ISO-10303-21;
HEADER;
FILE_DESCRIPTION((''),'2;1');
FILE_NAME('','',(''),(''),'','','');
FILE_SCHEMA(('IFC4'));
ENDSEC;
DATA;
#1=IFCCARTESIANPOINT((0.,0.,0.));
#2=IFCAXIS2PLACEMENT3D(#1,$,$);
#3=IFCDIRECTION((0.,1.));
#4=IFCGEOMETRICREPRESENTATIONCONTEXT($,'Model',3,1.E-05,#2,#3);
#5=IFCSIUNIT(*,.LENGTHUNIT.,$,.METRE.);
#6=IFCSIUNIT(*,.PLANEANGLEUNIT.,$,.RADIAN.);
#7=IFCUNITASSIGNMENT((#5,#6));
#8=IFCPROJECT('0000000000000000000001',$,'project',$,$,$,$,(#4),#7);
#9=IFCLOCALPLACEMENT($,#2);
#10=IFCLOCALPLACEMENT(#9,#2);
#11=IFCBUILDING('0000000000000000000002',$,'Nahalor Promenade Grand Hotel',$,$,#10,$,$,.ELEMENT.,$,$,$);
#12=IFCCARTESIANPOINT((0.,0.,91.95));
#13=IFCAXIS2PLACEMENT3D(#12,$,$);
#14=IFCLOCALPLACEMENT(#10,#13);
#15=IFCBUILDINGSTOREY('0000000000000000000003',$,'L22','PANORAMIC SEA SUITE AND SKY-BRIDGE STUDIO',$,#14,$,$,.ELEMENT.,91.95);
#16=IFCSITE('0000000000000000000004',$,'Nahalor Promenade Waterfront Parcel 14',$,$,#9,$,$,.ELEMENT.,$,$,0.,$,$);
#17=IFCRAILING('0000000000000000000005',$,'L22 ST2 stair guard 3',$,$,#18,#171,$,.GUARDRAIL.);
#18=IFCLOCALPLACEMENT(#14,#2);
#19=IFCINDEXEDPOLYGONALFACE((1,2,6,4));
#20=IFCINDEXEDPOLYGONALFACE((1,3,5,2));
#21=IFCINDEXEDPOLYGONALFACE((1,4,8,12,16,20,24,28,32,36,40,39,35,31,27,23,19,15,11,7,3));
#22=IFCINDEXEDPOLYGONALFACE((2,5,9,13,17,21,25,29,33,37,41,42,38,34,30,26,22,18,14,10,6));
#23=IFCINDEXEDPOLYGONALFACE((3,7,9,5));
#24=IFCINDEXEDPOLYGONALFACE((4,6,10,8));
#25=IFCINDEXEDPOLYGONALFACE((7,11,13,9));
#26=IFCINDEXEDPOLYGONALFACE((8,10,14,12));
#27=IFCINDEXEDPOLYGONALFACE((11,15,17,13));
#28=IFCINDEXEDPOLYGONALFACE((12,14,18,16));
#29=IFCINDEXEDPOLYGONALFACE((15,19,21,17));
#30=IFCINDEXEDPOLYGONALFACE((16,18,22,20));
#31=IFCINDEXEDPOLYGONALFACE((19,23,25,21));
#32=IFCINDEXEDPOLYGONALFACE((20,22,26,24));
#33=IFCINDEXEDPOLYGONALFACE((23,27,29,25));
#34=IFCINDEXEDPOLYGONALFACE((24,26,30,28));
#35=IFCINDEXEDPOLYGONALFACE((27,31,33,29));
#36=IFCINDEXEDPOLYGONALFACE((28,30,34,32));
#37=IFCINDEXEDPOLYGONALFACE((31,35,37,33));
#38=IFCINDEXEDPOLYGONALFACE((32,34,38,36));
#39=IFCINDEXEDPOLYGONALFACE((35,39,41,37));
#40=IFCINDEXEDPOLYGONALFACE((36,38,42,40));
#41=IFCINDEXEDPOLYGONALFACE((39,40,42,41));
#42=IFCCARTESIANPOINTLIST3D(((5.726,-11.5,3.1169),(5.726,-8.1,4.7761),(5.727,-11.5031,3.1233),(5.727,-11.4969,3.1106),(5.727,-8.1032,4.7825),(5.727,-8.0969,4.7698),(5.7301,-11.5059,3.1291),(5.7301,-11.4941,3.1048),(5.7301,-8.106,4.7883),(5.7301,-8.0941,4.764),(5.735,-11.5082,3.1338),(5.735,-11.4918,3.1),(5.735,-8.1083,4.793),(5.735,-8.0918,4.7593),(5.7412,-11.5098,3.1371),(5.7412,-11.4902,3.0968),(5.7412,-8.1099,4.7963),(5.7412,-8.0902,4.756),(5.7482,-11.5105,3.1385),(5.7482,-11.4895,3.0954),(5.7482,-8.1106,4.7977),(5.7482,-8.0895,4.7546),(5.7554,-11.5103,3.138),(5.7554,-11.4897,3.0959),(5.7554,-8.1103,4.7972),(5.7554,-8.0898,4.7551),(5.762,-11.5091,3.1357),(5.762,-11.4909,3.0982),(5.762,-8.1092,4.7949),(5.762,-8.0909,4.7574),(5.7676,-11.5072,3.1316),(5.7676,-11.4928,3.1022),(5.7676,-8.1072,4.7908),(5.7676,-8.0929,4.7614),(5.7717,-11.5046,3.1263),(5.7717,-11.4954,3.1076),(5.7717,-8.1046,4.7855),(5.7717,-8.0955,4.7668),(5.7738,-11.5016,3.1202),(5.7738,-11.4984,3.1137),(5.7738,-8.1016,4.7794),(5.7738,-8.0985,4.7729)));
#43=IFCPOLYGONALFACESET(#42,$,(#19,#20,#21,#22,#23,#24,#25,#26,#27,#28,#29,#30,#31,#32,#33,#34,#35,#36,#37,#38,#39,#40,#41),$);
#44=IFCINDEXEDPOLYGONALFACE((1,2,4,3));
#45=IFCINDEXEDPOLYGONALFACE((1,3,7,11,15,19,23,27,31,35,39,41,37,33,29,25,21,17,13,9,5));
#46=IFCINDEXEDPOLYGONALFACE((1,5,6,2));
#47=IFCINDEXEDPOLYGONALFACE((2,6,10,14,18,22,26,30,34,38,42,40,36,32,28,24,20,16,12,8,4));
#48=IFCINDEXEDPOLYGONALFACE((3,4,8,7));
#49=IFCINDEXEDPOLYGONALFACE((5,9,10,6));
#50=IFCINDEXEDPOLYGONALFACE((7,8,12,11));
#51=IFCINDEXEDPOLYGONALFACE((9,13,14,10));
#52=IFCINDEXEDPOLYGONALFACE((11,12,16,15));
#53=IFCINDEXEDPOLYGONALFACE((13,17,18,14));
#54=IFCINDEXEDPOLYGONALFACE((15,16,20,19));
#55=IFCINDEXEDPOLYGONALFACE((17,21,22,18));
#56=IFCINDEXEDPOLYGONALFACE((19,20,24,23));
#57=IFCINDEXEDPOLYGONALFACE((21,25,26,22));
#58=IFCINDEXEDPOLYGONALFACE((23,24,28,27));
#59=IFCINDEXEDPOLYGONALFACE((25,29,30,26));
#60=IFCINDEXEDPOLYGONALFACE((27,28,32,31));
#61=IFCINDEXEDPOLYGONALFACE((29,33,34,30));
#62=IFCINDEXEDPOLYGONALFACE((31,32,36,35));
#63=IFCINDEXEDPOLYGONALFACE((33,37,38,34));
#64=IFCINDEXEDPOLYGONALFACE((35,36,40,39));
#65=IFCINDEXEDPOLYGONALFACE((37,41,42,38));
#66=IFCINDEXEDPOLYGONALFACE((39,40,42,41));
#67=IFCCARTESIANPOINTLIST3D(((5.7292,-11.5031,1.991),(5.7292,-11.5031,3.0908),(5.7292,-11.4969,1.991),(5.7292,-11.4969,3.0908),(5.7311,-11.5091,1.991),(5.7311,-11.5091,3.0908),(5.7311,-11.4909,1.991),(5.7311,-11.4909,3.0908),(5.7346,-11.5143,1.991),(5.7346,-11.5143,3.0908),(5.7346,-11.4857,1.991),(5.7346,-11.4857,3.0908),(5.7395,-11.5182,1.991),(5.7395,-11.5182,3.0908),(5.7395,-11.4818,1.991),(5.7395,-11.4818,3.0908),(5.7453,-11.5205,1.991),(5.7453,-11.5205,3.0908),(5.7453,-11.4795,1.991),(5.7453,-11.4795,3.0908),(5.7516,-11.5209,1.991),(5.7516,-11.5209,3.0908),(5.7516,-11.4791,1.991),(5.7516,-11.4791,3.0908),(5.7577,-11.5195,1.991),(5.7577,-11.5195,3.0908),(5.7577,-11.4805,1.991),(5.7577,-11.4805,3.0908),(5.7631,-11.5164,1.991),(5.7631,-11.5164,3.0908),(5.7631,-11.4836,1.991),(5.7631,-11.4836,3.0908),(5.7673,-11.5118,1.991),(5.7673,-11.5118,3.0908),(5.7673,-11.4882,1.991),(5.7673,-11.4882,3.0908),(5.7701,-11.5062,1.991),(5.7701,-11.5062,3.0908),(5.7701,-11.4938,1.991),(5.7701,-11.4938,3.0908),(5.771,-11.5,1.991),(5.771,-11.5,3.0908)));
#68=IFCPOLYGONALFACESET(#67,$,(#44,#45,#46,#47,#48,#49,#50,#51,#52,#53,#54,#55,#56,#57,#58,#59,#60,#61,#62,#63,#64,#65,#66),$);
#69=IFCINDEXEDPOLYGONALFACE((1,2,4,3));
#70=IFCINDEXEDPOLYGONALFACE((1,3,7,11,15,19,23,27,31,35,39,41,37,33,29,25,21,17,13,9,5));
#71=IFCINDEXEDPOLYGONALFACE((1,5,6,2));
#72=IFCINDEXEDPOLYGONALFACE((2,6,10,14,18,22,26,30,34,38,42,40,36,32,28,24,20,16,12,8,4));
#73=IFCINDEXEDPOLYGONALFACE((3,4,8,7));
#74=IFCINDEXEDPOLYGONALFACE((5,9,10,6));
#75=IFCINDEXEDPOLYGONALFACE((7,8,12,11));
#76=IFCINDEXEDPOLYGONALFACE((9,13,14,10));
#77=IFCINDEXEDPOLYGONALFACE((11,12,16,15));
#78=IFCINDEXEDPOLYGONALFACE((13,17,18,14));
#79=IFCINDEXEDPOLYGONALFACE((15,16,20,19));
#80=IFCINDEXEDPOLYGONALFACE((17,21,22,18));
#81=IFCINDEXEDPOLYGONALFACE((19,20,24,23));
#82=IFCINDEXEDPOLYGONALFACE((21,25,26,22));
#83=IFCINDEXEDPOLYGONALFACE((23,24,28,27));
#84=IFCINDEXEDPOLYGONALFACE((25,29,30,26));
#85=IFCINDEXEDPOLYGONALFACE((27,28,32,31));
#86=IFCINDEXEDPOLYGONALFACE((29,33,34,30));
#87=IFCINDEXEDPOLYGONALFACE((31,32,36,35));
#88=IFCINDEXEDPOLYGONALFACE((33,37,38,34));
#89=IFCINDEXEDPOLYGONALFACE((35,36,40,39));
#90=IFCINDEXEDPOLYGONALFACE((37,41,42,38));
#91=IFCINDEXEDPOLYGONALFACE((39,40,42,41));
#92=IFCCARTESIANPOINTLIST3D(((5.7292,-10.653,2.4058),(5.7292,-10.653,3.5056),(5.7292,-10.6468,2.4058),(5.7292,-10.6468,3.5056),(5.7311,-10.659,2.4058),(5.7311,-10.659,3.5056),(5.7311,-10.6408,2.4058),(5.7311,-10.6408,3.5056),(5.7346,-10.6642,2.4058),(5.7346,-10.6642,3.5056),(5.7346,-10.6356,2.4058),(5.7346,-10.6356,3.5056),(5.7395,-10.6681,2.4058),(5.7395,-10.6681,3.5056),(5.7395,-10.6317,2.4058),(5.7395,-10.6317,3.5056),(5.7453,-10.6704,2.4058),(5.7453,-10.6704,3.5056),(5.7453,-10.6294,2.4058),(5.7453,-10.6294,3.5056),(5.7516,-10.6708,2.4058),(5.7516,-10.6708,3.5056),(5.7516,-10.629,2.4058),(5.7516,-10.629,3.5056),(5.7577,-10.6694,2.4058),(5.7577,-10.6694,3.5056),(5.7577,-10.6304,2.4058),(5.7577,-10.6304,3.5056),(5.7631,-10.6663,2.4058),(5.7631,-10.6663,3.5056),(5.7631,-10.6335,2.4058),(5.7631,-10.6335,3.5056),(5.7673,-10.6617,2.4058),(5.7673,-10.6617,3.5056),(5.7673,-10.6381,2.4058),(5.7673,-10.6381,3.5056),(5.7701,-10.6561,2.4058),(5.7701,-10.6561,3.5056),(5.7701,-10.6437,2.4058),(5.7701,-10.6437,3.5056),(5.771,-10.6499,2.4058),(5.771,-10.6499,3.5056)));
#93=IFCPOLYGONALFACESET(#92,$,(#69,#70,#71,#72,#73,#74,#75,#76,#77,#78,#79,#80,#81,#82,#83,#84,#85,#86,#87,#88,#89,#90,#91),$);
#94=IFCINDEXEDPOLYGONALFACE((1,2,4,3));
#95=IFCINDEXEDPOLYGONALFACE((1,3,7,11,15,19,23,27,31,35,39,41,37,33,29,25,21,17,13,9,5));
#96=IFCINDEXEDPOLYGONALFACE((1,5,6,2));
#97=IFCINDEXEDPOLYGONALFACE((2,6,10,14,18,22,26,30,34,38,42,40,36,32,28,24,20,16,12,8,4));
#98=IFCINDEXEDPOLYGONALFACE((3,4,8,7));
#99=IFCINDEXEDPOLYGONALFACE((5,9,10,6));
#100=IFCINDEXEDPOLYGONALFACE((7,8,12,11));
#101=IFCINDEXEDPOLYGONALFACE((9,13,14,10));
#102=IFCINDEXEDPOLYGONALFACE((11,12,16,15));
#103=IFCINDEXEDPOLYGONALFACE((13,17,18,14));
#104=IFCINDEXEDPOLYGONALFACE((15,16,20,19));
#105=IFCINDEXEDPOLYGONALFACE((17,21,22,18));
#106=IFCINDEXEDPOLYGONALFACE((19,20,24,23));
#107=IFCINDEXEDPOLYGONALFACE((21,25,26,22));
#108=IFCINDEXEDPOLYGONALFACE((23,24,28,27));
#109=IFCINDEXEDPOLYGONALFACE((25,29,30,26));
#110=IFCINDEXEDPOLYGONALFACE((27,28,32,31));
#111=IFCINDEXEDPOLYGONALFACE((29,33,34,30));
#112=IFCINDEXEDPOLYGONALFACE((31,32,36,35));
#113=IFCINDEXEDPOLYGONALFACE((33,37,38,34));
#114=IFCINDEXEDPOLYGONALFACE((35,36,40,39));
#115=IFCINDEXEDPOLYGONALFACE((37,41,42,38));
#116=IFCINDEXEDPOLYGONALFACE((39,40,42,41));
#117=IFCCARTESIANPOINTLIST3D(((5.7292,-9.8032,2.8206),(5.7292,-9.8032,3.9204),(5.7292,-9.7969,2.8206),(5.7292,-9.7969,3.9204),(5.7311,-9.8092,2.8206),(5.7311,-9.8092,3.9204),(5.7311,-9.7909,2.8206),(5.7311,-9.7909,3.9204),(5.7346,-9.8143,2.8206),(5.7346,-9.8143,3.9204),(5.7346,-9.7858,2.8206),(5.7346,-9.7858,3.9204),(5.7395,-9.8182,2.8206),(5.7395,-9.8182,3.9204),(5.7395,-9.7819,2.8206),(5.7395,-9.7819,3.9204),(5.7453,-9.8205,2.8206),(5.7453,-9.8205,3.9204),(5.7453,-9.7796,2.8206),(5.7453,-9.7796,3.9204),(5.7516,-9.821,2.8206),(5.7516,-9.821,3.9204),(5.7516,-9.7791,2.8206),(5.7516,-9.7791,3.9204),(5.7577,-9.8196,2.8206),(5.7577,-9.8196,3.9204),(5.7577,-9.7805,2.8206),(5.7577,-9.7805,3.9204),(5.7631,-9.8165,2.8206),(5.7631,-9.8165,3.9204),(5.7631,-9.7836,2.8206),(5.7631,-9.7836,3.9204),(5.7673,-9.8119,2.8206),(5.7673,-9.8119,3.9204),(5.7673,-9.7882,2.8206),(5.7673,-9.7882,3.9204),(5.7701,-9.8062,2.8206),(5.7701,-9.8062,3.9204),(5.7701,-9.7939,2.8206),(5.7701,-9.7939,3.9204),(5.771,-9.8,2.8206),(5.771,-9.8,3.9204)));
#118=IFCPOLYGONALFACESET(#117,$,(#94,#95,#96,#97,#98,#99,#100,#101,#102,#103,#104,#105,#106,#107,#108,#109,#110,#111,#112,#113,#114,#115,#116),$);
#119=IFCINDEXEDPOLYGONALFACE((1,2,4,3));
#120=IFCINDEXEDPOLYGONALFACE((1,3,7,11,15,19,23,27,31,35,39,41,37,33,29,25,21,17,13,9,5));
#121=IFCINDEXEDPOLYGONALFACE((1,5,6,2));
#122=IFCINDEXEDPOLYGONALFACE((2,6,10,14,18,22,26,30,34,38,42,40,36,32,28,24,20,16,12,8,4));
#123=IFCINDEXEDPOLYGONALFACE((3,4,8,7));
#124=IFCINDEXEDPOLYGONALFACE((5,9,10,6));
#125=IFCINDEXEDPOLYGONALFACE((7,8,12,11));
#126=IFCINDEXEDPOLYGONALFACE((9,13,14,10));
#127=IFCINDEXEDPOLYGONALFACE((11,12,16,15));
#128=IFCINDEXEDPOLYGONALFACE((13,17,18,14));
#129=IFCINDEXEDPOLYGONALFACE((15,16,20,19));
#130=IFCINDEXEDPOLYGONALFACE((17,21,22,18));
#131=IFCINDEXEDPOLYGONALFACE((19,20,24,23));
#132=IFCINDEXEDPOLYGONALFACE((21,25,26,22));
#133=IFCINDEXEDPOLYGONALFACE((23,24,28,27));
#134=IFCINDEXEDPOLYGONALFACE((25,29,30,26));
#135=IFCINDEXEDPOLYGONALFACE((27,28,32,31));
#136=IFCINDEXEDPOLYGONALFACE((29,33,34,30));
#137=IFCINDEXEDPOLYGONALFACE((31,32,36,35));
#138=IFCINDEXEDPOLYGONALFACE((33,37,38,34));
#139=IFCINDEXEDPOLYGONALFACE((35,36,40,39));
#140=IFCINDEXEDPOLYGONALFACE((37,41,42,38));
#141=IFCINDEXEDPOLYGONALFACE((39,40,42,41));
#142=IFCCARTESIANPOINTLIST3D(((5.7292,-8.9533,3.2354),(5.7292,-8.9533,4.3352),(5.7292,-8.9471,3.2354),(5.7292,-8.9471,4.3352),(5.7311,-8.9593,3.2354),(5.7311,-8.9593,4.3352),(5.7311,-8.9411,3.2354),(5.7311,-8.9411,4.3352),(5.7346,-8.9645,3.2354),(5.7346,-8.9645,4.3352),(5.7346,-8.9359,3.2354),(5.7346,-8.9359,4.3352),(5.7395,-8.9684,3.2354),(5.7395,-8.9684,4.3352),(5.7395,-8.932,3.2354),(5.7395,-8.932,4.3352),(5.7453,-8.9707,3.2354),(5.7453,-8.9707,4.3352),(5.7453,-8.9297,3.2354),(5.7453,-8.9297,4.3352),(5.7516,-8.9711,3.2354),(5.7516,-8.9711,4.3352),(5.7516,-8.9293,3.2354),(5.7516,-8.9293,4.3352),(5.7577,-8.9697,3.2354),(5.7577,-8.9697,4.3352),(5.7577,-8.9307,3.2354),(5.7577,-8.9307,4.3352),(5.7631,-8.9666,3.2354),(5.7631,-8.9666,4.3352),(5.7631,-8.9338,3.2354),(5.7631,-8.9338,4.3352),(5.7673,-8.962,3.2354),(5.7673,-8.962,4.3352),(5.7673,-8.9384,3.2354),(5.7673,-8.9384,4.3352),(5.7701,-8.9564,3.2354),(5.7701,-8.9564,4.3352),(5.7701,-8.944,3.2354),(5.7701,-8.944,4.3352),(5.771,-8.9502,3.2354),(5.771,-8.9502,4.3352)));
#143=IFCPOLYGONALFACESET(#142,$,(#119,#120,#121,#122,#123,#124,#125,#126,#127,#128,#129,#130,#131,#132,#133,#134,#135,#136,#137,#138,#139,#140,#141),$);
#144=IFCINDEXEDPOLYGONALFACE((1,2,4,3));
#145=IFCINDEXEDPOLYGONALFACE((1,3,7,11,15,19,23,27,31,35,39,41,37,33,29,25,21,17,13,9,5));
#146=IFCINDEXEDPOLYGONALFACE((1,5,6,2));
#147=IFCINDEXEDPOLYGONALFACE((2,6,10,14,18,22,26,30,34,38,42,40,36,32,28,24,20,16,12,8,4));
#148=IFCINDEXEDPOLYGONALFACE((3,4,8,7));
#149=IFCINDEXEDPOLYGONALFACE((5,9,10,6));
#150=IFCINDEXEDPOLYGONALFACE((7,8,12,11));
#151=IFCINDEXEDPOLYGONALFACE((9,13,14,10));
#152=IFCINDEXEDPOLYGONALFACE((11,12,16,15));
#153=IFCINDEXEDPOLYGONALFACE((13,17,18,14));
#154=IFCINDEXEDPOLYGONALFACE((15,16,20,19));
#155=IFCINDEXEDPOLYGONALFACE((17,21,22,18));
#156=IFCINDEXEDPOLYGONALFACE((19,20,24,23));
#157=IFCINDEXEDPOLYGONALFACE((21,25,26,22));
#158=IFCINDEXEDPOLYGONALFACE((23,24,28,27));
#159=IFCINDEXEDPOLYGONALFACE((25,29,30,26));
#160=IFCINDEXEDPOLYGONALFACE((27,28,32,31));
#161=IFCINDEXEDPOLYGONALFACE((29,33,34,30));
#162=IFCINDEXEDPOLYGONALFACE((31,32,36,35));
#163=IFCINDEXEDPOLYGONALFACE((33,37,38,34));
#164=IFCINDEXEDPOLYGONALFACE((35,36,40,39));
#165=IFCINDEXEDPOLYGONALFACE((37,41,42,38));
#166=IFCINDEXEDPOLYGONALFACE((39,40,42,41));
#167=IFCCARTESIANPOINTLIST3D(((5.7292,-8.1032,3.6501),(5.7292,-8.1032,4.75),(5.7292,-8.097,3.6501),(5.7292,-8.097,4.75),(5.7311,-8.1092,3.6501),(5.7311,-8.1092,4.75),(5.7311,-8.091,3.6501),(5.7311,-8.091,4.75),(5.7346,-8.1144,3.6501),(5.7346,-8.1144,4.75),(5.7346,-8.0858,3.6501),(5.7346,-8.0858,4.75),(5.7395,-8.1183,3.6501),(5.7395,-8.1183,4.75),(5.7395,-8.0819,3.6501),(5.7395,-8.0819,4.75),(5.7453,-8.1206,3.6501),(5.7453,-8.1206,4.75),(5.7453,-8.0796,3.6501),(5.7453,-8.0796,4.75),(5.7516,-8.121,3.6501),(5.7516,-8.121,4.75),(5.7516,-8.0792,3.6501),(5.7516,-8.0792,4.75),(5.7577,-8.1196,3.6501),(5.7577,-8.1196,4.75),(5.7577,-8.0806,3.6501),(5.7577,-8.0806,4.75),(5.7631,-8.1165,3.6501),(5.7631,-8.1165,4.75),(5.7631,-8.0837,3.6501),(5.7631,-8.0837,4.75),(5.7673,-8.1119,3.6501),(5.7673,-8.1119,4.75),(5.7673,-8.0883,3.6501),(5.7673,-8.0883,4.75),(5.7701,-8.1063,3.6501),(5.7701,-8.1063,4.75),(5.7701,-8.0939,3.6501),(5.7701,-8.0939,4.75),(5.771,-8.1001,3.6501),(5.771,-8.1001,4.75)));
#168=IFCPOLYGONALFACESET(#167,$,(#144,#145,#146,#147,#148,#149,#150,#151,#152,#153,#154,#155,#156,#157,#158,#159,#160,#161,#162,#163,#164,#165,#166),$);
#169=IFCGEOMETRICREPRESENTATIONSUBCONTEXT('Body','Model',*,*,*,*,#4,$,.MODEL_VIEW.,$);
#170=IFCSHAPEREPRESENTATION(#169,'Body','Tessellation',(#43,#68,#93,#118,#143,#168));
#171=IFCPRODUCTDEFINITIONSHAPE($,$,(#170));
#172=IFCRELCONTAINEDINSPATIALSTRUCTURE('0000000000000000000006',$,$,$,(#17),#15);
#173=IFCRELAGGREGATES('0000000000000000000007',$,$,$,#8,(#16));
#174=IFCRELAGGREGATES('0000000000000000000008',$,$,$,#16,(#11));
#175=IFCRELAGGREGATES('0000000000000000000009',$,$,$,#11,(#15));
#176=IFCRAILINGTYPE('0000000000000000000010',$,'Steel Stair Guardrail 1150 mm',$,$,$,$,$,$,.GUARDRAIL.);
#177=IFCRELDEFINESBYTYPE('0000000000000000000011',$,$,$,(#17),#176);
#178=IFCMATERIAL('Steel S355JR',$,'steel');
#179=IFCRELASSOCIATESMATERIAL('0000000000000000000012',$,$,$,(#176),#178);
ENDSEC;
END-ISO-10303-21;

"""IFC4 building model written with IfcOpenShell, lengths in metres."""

from ifc_helpers import new_model, si_unit, direction, frame, origin, origin_2d, place, context, subcontext, project, spatial, circle, extrude, material, type_object, element, save


model = new_model("IFC4")

# Units and contexts
model_context = context("Model", 3, precision=1e-05, world=origin(), true_north=direction((0.0, 1.0)))
body_context = subcontext(model_context, "Body", "Model", "MODEL_VIEW")
ifc_project = project(units=[si_unit("LENGTHUNIT", "METRE"), si_unit("PLANEANGLEUNIT", "RADIAN")], contexts=[model_context])

# Site, building, storey
site_placement = place(None, origin())
site = spatial("IfcSite", under=ifc_project, at=site_placement, Name="Nahalor Promenade Waterfront Parcel 14", CompositionType="ELEMENT", RefElevation=0.0)
building_placement = place(site_placement, origin())
building = spatial("IfcBuilding", under=site, at=building_placement, Name="Nahalor Promenade Grand Hotel", CompositionType="ELEMENT")
storey_placement = place(building_placement, frame((0.0, 0.0, 91.95)))
storey = spatial("IfcBuildingStorey", under=building, at=storey_placement, Name="L22", Description="PANORAMIC SEA SUITE AND SKY-BRIDGE STUDIO", CompositionType="ELEMENT", Elevation=91.95)

# Shared definitions
ifc_material_1 = material(Name="Steel S355JR", Category="steel")

# Railing
railing_type_1 = type_object("IfcRailingType", Name="Steel Stair Guardrail 1150 mm", PredefinedType="GUARDRAIL", material=ifc_material_1)
railing_1_placement = place(storey_placement, frame((5.75, -11.5, 1.991)))
element("IfcRailing", 1, at=railing_1_placement, inside=storey, type_object=railing_type_1, Name="L22 ST2 stair guard 3", PredefinedType="GUARDRAIL", context=body_context, shape_type="SweptSolid", body=[
    extrude(circle(Radius=0.024, at=origin_2d()), frame((0.0, 0.0, 1.126), z_axis=(0.0, 0.898696, 0.438571), x_axis=(-1.0, 0.0, 0.0)), (0.0, 0.0, 1.0), 3.7832),
    extrude(circle(Radius=0.021, at=origin_2d()), origin(), (0.0, 0.0, 1.0), 1.0999),
    extrude(circle(Radius=0.021, at=origin_2d()), frame((0.0, 0.8501, 0.4148)), (0.0, 0.0, 1.0), 1.0999),
    extrude(circle(Radius=0.021, at=origin_2d()), frame((0.0, 1.7, 0.8296)), (0.0, 0.0, 1.0), 1.0999),
    extrude(circle(Radius=0.021, at=origin_2d()), frame((0.0, 2.5498, 1.2444)), (0.0, 0.0, 1.0), 1.0999),
    extrude(circle(Radius=0.021, at=origin_2d()), frame((0.0, 3.3999, 1.6592)), (0.0, 0.0, 1.0), 1.0999),
])

save(model, "model.ifc")
